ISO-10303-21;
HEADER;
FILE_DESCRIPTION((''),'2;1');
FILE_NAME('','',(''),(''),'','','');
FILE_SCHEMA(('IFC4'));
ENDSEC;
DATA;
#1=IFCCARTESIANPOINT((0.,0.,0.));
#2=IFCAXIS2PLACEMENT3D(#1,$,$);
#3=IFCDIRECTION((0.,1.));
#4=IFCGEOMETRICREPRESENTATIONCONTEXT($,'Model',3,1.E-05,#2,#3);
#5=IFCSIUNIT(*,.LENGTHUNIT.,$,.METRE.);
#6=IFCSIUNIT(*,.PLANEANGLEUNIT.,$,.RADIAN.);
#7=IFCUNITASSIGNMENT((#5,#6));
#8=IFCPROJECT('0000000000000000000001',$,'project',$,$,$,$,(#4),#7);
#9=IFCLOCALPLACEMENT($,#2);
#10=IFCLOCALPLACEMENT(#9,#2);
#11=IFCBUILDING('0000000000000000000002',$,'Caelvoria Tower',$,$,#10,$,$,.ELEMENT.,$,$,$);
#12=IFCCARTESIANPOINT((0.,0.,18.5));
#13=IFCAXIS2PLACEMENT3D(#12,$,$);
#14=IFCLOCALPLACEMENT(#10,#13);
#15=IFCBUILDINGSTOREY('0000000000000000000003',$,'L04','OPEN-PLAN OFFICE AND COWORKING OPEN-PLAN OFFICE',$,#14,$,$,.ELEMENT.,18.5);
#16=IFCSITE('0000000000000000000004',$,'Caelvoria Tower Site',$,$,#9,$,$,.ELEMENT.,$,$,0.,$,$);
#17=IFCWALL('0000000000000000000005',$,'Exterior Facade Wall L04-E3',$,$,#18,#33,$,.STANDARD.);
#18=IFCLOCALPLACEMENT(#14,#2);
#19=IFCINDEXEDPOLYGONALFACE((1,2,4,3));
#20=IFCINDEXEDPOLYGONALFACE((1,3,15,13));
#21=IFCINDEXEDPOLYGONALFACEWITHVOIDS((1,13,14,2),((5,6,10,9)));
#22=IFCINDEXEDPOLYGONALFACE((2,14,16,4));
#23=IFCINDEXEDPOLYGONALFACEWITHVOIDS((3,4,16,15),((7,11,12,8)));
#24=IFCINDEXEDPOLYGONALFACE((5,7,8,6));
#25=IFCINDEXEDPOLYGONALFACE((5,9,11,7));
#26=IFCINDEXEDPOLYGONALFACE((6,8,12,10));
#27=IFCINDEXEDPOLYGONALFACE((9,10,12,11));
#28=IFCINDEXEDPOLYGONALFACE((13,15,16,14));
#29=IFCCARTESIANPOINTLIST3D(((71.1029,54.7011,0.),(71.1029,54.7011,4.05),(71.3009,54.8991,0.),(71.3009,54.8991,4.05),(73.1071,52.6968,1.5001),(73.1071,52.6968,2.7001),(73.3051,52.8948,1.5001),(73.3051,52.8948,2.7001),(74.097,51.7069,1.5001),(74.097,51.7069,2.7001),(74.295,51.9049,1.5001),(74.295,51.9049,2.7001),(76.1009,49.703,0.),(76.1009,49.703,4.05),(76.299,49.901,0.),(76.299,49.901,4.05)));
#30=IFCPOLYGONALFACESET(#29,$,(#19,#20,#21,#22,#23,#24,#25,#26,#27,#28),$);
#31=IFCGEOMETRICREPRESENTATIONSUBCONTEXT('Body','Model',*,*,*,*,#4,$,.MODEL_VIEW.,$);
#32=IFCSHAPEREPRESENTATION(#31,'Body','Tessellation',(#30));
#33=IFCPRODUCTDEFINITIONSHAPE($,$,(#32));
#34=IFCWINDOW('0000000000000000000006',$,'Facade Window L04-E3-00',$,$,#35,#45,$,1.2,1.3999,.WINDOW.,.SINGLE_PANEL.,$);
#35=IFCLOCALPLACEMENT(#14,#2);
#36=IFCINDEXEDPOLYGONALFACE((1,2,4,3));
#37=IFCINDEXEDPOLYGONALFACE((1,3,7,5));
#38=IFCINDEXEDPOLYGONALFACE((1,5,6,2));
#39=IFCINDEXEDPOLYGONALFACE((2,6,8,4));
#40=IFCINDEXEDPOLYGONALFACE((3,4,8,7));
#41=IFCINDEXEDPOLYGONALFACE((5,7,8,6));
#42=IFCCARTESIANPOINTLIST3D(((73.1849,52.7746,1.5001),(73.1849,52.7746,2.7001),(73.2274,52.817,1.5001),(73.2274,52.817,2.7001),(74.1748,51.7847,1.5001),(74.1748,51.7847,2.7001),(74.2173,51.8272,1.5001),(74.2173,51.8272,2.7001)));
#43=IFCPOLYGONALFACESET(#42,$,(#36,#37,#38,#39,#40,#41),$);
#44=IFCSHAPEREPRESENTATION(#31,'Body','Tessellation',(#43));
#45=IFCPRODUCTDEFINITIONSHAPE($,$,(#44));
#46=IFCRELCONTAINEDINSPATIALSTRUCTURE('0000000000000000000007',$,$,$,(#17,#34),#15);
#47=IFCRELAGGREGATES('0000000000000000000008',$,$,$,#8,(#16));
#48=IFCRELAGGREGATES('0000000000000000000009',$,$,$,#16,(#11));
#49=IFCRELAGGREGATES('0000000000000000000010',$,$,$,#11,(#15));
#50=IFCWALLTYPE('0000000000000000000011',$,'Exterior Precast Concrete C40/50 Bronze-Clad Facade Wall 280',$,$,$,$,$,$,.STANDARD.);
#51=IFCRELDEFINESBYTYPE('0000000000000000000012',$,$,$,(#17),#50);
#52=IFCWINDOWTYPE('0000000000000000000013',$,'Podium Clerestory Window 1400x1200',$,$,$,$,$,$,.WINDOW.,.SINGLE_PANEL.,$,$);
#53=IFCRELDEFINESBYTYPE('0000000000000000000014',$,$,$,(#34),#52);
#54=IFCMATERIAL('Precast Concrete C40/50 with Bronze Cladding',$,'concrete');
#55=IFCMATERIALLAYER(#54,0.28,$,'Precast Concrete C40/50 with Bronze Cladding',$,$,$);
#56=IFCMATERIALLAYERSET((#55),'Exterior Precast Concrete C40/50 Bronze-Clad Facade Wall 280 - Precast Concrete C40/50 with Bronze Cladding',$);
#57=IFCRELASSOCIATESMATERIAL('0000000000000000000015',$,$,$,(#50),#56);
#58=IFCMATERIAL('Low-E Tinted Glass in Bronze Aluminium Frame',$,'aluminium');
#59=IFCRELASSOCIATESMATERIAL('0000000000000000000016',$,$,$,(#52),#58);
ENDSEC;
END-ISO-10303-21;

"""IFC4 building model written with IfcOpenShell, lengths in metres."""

from ifc_helpers import new_model, si_unit, direction, frame, frame_2d, origin, place, context, subcontext, project, spatial, rectangle, extrude, material, layer, layer_set, type_object, element, fill, save


model = new_model("IFC4")

# Units and contexts
model_context = context("Model", 3, precision=1e-05, world=origin(), true_north=direction((0.0, 1.0)))
body_context = subcontext(model_context, "Body", "Model", "MODEL_VIEW")
ifc_project = project(units=[si_unit("LENGTHUNIT", "METRE"), si_unit("PLANEANGLEUNIT", "RADIAN")], contexts=[model_context])

# Site, building, storey
site_placement = place(None, origin())
site = spatial("IfcSite", under=ifc_project, at=site_placement, Name="Caelvoria Tower Site", CompositionType="ELEMENT", RefElevation=0.0)
building_placement = place(site_placement, origin())
building = spatial("IfcBuilding", under=site, at=building_placement, Name="Caelvoria Tower", CompositionType="ELEMENT")
storey_placement = place(building_placement, frame((0.0, 0.0, 18.5)))
storey = spatial("IfcBuildingStorey", under=building, at=storey_placement, Name="L04", Description="OPEN-PLAN OFFICE AND COWORKING OPEN-PLAN OFFICE", CompositionType="ELEMENT", Elevation=18.5)

# Wall, opening, window
ifc_material_1 = material(Name="Precast Concrete C40/50 with Bronze Cladding", Category="concrete")
ifc_layer_1 = layer(ifc_material_1, 0.28, Name="Precast Concrete C40/50 with Bronze Cladding")
ifc_layer_set_1 = layer_set([ifc_layer_1], Name="Exterior Precast Concrete C40/50 Bronze-Clad Facade Wall 280 - Precast Concrete C40/50 with Bronze Cladding")
wall_type_1 = type_object("IfcWallType", Name="Exterior Precast Concrete C40/50 Bronze-Clad Facade Wall 280", PredefinedType="STANDARD", material=ifc_layer_set_1)
wall_1_placement = place(storey_placement, frame((76.2, 49.802, 0.0), z_axis=(0.0, 0.0, 1.0), x_axis=(-0.707107, 0.707107, 0.0)))
wall_1 = element("IfcWall", 1, at=wall_1_placement, inside=storey, type_object=wall_type_1, Name="Exterior Facade Wall L04-E3", PredefinedType="STANDARD", context=body_context, shape_type="SweptSolid", body=[
    extrude(rectangle(XDim=7.0684, YDim=0.28, at=frame_2d((3.5342, 0.0))), origin(), (0.0, 0.0, 1.0), 4.05),
])
opening_1_placement = place(wall_1_placement, frame((2.834, 0.0, 1.5)))
opening_1 = element("IfcOpeningElement", 2, at=opening_1_placement, cuts=wall_1, PredefinedType="OPENING", context=body_context, shape_type="SweptSolid", body=[
    extrude(rectangle(XDim=1.3999, YDim=1.2, at=frame_2d((0.7, 0.6001))), frame((0.0, 0.1499, 0.0), z_axis=(0.0, -1.0, 0.0), x_axis=(1.0, 0.0, 0.0)), (0.0, 0.0, 1.0), 0.3),
])
ifc_material_2 = material(Name="Low-E Tinted Glass in Bronze Aluminium Frame", Category="aluminium")
window_type_1 = type_object("IfcWindowType", Name="Podium Clerestory Window 1400x1200", PartitioningType="SINGLE_PANEL", PredefinedType="WINDOW", material=ifc_material_2)
window_1_placement = place(opening_1_placement, origin())
window_1 = element("IfcWindow", 3, at=window_1_placement, inside=storey, type_object=window_type_1, Name="Facade Window L04-E3-00", OverallHeight=1.2, OverallWidth=1.3999, PartitioningType="SINGLE_PANEL", PredefinedType="WINDOW", context=body_context, shape_type="SweptSolid", body=[
    extrude(rectangle(XDim=1.3999, YDim=1.2, at=frame_2d((0.7, 0.6001))), frame((0.0, 0.03, 0.0), z_axis=(0.0, -1.0, 0.0), x_axis=(1.0, 0.0, 0.0)), (0.0, 0.0, 1.0), 0.0601),
])
fill(opening_1, window_1)

save(model, "model.ifc")
